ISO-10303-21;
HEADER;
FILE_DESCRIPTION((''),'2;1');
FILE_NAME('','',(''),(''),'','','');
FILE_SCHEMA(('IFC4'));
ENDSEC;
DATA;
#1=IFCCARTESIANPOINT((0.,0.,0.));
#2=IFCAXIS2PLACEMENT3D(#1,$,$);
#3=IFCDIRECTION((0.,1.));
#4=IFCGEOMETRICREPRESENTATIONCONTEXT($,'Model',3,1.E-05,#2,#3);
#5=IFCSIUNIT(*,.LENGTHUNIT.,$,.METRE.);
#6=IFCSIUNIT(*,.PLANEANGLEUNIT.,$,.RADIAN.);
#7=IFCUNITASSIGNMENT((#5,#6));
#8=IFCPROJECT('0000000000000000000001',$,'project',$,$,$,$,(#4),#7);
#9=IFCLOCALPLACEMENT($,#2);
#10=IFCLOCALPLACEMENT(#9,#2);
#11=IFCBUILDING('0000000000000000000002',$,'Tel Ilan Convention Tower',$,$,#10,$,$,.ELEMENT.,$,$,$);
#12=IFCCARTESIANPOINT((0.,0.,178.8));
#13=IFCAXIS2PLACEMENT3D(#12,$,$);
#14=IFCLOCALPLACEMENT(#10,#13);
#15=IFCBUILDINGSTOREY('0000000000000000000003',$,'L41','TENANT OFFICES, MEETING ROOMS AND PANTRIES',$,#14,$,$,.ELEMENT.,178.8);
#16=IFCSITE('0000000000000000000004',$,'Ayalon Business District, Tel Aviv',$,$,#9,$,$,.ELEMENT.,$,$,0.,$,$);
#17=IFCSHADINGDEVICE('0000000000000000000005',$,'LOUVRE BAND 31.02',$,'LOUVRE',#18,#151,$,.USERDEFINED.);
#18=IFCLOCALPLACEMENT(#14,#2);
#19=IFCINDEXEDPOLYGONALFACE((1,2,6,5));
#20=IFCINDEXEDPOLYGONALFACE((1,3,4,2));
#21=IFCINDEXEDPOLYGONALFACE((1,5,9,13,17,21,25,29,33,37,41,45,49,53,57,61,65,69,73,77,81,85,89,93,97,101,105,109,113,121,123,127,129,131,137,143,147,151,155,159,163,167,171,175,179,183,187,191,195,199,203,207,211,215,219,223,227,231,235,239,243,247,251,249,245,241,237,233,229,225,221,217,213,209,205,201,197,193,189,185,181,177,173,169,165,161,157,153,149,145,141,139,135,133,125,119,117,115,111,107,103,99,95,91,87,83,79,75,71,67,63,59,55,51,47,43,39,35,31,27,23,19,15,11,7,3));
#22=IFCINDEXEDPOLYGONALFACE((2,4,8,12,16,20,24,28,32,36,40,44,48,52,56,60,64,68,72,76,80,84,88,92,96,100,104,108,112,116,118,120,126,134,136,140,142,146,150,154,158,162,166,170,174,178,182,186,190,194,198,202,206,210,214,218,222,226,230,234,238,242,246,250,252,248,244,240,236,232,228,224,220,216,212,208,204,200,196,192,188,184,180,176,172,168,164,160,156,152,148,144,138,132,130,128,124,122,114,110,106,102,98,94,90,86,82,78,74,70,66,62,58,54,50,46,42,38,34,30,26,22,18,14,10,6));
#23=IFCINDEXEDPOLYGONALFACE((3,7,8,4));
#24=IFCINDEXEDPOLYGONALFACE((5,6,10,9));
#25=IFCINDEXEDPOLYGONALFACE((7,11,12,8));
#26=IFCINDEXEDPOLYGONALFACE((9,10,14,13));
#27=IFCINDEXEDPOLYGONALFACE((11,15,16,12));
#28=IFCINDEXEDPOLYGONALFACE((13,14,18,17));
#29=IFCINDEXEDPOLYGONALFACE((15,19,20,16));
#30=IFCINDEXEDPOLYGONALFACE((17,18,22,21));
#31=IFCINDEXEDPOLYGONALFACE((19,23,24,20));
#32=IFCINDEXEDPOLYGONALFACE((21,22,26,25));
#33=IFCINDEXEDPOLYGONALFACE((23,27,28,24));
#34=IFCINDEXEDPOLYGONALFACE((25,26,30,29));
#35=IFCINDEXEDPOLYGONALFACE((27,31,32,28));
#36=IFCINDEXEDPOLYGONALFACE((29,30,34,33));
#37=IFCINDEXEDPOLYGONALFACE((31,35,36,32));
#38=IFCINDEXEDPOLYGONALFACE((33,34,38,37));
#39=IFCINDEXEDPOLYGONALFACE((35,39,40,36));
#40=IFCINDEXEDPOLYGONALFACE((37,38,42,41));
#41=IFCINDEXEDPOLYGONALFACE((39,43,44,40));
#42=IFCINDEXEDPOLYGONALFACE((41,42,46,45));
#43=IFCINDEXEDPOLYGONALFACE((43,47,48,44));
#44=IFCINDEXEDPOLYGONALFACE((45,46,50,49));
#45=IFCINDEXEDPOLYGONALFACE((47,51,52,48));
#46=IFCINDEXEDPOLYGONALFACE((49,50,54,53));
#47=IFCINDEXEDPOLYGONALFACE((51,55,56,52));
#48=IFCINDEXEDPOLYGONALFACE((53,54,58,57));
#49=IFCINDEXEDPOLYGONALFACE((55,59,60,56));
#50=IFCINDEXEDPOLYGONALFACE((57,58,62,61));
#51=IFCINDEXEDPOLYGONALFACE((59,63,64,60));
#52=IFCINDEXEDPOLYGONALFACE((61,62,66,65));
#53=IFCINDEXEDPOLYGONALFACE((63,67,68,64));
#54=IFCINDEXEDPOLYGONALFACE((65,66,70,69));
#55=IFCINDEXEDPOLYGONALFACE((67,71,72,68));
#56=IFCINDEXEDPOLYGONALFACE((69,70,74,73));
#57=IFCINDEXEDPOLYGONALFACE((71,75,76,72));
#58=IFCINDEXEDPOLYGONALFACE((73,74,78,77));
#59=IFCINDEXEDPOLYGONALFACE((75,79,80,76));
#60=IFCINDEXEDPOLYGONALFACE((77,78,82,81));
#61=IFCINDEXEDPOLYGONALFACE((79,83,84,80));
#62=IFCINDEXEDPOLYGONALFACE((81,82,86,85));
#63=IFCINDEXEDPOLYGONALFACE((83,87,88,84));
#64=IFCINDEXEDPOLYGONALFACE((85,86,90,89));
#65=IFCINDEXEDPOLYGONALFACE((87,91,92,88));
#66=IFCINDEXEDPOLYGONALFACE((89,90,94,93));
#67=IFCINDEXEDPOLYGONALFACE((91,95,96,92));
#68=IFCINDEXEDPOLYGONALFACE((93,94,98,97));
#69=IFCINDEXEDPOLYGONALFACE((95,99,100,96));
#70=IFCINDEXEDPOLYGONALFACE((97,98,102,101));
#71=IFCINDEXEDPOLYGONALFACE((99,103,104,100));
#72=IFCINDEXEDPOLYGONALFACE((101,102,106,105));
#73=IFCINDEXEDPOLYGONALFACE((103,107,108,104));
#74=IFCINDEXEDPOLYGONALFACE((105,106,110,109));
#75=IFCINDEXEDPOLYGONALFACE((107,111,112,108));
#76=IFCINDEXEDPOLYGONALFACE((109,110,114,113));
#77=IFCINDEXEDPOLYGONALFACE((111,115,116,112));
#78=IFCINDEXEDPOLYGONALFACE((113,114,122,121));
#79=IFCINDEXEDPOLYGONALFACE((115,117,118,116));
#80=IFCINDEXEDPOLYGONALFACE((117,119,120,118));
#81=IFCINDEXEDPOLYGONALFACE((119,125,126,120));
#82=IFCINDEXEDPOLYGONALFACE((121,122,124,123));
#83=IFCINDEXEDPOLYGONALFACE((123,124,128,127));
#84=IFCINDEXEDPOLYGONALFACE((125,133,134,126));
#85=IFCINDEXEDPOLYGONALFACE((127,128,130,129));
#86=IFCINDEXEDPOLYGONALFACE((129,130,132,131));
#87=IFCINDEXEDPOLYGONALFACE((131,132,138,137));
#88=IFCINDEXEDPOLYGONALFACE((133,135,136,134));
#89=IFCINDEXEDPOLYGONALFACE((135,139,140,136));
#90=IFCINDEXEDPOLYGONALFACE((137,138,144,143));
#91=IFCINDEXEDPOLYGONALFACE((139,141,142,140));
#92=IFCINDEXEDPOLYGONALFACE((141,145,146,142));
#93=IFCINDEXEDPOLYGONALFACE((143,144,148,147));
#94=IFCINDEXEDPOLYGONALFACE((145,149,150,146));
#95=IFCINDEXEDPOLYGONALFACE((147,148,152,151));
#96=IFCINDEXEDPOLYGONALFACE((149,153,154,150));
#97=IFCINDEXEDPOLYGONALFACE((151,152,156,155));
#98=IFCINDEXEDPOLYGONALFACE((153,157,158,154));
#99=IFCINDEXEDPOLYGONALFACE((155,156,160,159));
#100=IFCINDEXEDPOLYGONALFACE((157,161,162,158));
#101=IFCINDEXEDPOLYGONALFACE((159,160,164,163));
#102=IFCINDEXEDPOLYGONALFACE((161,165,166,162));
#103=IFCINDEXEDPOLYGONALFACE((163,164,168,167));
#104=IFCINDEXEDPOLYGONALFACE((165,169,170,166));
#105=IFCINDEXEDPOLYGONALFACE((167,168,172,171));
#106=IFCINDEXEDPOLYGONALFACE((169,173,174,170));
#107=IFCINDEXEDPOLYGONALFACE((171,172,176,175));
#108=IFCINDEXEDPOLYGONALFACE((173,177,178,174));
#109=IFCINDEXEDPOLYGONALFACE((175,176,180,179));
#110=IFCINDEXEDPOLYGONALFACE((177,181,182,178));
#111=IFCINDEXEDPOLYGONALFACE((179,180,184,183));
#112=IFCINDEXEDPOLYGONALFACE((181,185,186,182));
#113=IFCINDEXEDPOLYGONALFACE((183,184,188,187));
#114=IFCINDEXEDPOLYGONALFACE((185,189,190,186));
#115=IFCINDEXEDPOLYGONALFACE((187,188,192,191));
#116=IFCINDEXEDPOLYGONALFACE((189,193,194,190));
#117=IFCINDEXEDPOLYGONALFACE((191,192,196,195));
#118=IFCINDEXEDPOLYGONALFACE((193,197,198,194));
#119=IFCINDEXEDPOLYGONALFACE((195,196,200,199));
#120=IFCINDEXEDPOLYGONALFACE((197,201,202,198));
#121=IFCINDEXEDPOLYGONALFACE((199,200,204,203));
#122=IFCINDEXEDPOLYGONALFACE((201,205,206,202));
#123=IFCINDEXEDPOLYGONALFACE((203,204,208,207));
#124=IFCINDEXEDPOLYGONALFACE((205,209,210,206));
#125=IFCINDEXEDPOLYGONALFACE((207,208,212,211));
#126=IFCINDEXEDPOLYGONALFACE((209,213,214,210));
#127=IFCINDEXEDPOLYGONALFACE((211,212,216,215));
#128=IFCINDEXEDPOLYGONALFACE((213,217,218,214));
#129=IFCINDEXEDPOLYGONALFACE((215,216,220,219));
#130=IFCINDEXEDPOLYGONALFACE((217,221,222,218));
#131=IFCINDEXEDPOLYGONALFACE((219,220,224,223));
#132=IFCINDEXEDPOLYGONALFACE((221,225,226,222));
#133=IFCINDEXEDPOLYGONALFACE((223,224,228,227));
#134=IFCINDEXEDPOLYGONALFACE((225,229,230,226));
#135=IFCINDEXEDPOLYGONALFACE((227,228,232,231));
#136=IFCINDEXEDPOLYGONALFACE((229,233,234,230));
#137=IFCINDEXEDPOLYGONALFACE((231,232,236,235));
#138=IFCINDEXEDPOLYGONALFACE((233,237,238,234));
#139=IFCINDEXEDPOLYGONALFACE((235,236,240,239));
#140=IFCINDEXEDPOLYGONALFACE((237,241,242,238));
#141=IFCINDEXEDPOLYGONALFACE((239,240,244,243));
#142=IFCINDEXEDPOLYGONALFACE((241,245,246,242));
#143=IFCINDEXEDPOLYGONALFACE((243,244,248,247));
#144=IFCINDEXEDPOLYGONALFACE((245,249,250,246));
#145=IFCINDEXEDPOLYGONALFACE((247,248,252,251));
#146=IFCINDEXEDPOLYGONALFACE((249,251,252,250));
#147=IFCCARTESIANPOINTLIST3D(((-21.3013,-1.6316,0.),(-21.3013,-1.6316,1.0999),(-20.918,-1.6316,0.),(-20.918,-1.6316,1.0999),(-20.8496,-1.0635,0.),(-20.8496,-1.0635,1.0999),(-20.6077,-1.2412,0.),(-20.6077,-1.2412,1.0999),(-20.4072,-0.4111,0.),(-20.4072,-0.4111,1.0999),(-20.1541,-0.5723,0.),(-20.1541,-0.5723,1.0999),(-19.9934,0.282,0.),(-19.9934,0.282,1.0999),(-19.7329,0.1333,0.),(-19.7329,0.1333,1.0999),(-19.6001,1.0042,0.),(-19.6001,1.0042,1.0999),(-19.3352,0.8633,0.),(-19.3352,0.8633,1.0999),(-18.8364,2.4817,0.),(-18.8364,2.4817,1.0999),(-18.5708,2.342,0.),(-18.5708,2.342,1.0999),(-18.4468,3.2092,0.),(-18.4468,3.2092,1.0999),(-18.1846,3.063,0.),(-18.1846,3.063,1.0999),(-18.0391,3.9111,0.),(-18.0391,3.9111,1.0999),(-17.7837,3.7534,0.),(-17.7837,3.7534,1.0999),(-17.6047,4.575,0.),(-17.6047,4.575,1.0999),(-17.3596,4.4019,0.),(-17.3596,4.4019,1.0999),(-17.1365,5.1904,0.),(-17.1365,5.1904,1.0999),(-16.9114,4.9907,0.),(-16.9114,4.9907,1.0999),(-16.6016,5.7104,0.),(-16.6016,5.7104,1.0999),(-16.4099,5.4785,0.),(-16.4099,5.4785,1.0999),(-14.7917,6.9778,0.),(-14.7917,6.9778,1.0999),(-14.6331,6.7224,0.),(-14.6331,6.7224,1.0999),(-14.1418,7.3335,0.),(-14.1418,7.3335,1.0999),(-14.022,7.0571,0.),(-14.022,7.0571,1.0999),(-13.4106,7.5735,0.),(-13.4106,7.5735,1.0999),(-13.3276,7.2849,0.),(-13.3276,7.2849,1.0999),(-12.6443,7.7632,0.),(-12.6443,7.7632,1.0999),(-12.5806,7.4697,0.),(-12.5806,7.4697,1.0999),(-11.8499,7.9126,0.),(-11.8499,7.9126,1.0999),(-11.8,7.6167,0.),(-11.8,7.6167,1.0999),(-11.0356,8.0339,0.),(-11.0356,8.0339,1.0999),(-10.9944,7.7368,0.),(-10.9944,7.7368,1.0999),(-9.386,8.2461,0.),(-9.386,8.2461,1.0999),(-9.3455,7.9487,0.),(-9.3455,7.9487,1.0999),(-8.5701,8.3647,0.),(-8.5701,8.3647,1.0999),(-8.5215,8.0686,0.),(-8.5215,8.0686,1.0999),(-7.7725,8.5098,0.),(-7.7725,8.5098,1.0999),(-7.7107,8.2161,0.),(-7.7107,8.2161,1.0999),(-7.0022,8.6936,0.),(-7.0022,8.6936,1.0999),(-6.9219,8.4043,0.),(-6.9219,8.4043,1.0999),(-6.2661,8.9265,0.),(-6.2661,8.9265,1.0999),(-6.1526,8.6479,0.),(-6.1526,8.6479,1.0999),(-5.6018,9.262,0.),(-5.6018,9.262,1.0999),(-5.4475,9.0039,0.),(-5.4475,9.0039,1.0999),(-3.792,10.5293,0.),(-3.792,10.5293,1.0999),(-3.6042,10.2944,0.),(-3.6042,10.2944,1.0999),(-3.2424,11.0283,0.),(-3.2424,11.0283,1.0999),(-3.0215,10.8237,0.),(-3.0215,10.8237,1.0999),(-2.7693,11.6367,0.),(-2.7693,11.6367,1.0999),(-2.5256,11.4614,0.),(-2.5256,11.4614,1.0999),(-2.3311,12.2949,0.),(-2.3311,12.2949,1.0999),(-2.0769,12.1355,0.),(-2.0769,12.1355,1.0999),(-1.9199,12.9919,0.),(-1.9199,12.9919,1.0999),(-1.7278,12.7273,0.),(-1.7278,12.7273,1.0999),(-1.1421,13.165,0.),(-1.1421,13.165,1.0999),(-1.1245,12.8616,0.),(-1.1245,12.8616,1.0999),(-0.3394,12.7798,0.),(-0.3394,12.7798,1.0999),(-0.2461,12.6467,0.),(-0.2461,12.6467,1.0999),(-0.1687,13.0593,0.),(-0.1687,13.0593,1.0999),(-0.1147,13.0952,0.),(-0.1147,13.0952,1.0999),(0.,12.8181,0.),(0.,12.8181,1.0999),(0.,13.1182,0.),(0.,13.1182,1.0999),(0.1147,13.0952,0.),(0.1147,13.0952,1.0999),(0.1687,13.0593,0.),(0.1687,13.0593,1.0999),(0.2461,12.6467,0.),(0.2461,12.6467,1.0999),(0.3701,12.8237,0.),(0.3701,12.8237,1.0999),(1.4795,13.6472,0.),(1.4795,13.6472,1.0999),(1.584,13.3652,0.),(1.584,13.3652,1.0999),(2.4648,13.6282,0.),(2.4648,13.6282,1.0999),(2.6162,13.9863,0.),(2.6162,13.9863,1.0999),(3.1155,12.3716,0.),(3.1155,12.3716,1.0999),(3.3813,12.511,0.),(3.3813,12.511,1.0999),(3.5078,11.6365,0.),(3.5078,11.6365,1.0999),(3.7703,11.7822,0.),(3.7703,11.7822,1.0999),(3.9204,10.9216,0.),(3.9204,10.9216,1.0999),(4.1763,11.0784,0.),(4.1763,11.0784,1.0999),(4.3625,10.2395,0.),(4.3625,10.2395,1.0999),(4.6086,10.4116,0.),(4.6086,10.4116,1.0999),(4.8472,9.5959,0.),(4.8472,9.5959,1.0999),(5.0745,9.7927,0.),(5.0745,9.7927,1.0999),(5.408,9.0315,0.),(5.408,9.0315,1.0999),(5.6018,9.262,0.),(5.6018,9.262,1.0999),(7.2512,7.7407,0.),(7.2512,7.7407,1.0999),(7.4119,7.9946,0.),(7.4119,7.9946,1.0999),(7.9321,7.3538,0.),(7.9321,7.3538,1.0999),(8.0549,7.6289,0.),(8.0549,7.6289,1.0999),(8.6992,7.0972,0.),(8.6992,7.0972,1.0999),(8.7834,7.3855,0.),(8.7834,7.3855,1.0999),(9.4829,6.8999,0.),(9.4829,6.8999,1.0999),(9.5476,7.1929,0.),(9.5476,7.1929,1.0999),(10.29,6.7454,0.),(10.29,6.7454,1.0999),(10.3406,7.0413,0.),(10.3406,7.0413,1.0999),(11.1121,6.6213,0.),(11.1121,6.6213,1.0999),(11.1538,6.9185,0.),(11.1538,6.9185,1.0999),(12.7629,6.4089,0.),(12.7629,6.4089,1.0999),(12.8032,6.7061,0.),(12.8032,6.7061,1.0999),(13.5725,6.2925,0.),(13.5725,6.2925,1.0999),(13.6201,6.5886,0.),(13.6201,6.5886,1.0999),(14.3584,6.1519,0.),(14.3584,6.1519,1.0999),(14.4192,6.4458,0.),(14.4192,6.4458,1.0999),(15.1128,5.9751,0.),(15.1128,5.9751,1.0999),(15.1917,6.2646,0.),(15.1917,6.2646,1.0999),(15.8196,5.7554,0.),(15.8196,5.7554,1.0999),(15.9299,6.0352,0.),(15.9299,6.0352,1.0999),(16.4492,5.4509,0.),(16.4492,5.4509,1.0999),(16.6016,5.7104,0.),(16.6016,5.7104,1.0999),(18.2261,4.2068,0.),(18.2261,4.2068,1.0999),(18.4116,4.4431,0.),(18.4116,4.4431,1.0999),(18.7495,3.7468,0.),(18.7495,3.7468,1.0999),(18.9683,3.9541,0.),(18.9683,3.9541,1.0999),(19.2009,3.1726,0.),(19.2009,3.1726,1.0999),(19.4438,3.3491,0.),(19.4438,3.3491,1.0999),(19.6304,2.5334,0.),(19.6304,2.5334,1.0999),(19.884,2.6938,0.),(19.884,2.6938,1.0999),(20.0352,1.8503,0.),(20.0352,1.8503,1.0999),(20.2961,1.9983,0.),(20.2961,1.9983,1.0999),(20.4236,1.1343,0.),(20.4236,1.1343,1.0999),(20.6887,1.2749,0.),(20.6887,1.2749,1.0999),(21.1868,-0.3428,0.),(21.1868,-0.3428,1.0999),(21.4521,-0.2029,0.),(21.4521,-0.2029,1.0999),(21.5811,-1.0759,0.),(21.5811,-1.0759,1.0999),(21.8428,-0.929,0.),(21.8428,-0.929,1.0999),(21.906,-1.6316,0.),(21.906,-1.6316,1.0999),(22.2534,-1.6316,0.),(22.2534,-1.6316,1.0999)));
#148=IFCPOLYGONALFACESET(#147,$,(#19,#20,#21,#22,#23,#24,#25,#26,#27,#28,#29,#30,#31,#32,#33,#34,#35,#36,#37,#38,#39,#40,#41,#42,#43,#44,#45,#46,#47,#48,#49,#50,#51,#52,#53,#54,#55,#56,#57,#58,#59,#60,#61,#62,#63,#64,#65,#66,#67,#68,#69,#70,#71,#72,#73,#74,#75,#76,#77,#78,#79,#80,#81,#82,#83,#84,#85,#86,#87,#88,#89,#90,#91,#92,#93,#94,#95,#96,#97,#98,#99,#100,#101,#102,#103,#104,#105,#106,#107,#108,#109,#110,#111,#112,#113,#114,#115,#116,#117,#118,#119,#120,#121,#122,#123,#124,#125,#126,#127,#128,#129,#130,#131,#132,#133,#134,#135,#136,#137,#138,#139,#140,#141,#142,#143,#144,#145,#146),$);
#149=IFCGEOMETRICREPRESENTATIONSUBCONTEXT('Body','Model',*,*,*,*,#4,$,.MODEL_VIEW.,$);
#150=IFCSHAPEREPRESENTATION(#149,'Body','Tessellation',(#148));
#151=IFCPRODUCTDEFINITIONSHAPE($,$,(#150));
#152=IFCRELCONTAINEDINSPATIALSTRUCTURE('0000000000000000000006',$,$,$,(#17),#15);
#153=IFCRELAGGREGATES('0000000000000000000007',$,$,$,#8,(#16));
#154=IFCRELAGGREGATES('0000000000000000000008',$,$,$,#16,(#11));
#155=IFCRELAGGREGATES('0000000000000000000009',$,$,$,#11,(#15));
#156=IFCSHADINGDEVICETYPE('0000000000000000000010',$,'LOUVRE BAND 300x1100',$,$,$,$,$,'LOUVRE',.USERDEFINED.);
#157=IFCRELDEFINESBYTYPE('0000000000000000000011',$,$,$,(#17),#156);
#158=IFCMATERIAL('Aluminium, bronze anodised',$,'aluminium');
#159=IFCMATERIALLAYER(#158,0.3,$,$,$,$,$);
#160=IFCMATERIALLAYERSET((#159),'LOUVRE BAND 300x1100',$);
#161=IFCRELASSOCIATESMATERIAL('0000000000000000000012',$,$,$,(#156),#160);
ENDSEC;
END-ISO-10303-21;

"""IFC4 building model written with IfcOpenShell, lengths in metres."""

from ifc_helpers import new_model, si_unit, direction, frame, origin, place, context, subcontext, project, spatial, polyline, outline, extrude, material, layer, layer_set, type_object, element, save


model = new_model("IFC4")

# Units and contexts
model_context = context("Model", 3, precision=1e-05, world=origin(), true_north=direction((0.0, 1.0)))
body_context = subcontext(model_context, "Body", "Model", "MODEL_VIEW")
ifc_project = project(units=[si_unit("LENGTHUNIT", "METRE"), si_unit("PLANEANGLEUNIT", "RADIAN")], contexts=[model_context])

# Site, building, storey
site_placement = place(None, origin())
site = spatial("IfcSite", under=ifc_project, at=site_placement, Name="Ayalon Business District, Tel Aviv", CompositionType="ELEMENT", RefElevation=0.0)
building_placement = place(site_placement, origin())
building = spatial("IfcBuilding", under=site, at=building_placement, Name="Tel Ilan Convention Tower", CompositionType="ELEMENT")
storey_placement = place(building_placement, frame((0.0, 0.0, 178.8)))
storey = spatial("IfcBuildingStorey", under=building, at=storey_placement, Name="L41", Description="TENANT OFFICES, MEETING ROOMS AND PANTRIES", CompositionType="ELEMENT", Elevation=178.8)

# Shading device
ifc_material_1 = material(Name="Aluminium, bronze anodised", Category="aluminium")
ifc_layer_1 = layer(ifc_material_1, 0.3)
ifc_layer_set_1 = layer_set([ifc_layer_1], Name="LOUVRE BAND 300x1100")
shading_device_type = type_object("IfcShadingDeviceType", Name="LOUVRE BAND 300x1100", ElementType="LOUVRE", PredefinedType="USERDEFINED", material=ifc_layer_set_1)
shading_device_1_placement = place(storey_placement, origin())
element("IfcShadingDevice", 1, at=shading_device_1_placement, inside=storey, type_object=shading_device_type, Name="LOUVRE BAND 31.02", ObjectType="LOUVRE", PredefinedType="USERDEFINED", context=body_context, shape_type="SweptSolid", body=[
    extrude(outline(polyline([(-20.8496, -1.0635), (-21.3013, -1.6316), (-20.918, -1.6316), (-20.6077, -1.2412), (-20.1541, -0.5723), (-19.7329, 0.1333), (-19.3352, 0.8633), (-18.5708, 2.342), (-18.1846, 3.063), (-17.7837, 3.7534), (-17.3596, 4.4019), (-16.9114, 4.9907), (-16.4099, 5.4785), (-14.6331, 6.7224), (-14.022, 7.0571), (-13.3276, 7.2849), (-12.5806, 7.4697), (-11.8, 7.6167), (-10.9944, 7.7368), (-9.3455, 7.9487), (-8.5215, 8.0686), (-7.7107, 8.2161), (-6.9219, 8.4043), (-6.1526, 8.6479), (-5.4475, 9.0039), (-3.6042, 10.2944), (-3.0215, 10.8237), (-2.5256, 11.4614), (-2.0769, 12.1355), (-1.7278, 12.7273), (-1.1245, 12.8616), (-0.3394, 12.7798), (-0.2461, 12.6467), (0.0, 12.8181), (0.2461, 12.6467), (0.3701, 12.8237), (1.584, 13.3652), (2.4648, 13.6282), (3.1155, 12.3716), (3.5078, 11.6365), (3.9204, 10.9216), (4.3625, 10.2395), (4.8472, 9.5959), (5.408, 9.0315), (7.2512, 7.7407), (7.9321, 7.3538), (8.6992, 7.0972), (9.4829, 6.8999), (10.29, 6.7454), (11.1121, 6.6213), (12.7629, 6.4089), (13.5725, 6.2925), (14.3584, 6.1519), (15.1128, 5.9751), (15.8196, 5.7554), (16.4492, 5.4509), (18.2261, 4.2068), (18.7495, 3.7468), (19.2009, 3.1726), (19.6304, 2.5334), (20.0352, 1.8503), (20.4236, 1.1343), (21.1868, -0.3428), (21.5811, -1.0759), (21.906, -1.6316), (22.2534, -1.6316), (21.8428, -0.929), (21.4521, -0.2029), (20.6887, 1.2749), (20.2961, 1.9983), (19.884, 2.6938), (19.4438, 3.3491), (18.9683, 3.9541), (18.4116, 4.4431), (16.6016, 5.7104), (15.9299, 6.0352), (15.1917, 6.2646), (14.4192, 6.4458), (13.6201, 6.5886), (12.8032, 6.7061), (11.1538, 6.9185), (10.3406, 7.0413), (9.5476, 7.1929), (8.7834, 7.3855), (8.0549, 7.6289), (7.4119, 7.9946), (5.6018, 9.262), (5.0745, 9.7927), (4.6086, 10.4116), (4.1763, 11.0784), (3.7703, 11.7822), (3.3813, 12.511), (2.6162, 13.9863), (1.4795, 13.6472), (0.1687, 13.0593), (0.1147, 13.0952), (0.0, 13.1182), (-0.1147, 13.0952), (-0.1687, 13.0593), (-1.1421, 13.165), (-1.9199, 12.9919), (-2.3311, 12.2949), (-2.7693, 11.6367), (-3.2424, 11.0283), (-3.792, 10.5293), (-5.6018, 9.262), (-6.2661, 8.9265), (-7.0022, 8.6936), (-7.7725, 8.5098), (-8.5701, 8.3647), (-9.386, 8.2461), (-11.0356, 8.0339), (-11.8499, 7.9126), (-12.6443, 7.7632), (-13.4106, 7.5735), (-14.1418, 7.3335), (-14.7917, 6.9778), (-16.6016, 5.7104), (-17.1365, 5.1904), (-17.6047, 4.575), (-18.0391, 3.9111), (-18.4468, 3.2092), (-18.8364, 2.4817), (-19.6001, 1.0042), (-19.9934, 0.282), (-20.4072, -0.4111), (-20.8496, -1.0635)])), origin(), (0.0, 0.0, 1.0), 1.0999),
])

save(model, "model.ifc")
